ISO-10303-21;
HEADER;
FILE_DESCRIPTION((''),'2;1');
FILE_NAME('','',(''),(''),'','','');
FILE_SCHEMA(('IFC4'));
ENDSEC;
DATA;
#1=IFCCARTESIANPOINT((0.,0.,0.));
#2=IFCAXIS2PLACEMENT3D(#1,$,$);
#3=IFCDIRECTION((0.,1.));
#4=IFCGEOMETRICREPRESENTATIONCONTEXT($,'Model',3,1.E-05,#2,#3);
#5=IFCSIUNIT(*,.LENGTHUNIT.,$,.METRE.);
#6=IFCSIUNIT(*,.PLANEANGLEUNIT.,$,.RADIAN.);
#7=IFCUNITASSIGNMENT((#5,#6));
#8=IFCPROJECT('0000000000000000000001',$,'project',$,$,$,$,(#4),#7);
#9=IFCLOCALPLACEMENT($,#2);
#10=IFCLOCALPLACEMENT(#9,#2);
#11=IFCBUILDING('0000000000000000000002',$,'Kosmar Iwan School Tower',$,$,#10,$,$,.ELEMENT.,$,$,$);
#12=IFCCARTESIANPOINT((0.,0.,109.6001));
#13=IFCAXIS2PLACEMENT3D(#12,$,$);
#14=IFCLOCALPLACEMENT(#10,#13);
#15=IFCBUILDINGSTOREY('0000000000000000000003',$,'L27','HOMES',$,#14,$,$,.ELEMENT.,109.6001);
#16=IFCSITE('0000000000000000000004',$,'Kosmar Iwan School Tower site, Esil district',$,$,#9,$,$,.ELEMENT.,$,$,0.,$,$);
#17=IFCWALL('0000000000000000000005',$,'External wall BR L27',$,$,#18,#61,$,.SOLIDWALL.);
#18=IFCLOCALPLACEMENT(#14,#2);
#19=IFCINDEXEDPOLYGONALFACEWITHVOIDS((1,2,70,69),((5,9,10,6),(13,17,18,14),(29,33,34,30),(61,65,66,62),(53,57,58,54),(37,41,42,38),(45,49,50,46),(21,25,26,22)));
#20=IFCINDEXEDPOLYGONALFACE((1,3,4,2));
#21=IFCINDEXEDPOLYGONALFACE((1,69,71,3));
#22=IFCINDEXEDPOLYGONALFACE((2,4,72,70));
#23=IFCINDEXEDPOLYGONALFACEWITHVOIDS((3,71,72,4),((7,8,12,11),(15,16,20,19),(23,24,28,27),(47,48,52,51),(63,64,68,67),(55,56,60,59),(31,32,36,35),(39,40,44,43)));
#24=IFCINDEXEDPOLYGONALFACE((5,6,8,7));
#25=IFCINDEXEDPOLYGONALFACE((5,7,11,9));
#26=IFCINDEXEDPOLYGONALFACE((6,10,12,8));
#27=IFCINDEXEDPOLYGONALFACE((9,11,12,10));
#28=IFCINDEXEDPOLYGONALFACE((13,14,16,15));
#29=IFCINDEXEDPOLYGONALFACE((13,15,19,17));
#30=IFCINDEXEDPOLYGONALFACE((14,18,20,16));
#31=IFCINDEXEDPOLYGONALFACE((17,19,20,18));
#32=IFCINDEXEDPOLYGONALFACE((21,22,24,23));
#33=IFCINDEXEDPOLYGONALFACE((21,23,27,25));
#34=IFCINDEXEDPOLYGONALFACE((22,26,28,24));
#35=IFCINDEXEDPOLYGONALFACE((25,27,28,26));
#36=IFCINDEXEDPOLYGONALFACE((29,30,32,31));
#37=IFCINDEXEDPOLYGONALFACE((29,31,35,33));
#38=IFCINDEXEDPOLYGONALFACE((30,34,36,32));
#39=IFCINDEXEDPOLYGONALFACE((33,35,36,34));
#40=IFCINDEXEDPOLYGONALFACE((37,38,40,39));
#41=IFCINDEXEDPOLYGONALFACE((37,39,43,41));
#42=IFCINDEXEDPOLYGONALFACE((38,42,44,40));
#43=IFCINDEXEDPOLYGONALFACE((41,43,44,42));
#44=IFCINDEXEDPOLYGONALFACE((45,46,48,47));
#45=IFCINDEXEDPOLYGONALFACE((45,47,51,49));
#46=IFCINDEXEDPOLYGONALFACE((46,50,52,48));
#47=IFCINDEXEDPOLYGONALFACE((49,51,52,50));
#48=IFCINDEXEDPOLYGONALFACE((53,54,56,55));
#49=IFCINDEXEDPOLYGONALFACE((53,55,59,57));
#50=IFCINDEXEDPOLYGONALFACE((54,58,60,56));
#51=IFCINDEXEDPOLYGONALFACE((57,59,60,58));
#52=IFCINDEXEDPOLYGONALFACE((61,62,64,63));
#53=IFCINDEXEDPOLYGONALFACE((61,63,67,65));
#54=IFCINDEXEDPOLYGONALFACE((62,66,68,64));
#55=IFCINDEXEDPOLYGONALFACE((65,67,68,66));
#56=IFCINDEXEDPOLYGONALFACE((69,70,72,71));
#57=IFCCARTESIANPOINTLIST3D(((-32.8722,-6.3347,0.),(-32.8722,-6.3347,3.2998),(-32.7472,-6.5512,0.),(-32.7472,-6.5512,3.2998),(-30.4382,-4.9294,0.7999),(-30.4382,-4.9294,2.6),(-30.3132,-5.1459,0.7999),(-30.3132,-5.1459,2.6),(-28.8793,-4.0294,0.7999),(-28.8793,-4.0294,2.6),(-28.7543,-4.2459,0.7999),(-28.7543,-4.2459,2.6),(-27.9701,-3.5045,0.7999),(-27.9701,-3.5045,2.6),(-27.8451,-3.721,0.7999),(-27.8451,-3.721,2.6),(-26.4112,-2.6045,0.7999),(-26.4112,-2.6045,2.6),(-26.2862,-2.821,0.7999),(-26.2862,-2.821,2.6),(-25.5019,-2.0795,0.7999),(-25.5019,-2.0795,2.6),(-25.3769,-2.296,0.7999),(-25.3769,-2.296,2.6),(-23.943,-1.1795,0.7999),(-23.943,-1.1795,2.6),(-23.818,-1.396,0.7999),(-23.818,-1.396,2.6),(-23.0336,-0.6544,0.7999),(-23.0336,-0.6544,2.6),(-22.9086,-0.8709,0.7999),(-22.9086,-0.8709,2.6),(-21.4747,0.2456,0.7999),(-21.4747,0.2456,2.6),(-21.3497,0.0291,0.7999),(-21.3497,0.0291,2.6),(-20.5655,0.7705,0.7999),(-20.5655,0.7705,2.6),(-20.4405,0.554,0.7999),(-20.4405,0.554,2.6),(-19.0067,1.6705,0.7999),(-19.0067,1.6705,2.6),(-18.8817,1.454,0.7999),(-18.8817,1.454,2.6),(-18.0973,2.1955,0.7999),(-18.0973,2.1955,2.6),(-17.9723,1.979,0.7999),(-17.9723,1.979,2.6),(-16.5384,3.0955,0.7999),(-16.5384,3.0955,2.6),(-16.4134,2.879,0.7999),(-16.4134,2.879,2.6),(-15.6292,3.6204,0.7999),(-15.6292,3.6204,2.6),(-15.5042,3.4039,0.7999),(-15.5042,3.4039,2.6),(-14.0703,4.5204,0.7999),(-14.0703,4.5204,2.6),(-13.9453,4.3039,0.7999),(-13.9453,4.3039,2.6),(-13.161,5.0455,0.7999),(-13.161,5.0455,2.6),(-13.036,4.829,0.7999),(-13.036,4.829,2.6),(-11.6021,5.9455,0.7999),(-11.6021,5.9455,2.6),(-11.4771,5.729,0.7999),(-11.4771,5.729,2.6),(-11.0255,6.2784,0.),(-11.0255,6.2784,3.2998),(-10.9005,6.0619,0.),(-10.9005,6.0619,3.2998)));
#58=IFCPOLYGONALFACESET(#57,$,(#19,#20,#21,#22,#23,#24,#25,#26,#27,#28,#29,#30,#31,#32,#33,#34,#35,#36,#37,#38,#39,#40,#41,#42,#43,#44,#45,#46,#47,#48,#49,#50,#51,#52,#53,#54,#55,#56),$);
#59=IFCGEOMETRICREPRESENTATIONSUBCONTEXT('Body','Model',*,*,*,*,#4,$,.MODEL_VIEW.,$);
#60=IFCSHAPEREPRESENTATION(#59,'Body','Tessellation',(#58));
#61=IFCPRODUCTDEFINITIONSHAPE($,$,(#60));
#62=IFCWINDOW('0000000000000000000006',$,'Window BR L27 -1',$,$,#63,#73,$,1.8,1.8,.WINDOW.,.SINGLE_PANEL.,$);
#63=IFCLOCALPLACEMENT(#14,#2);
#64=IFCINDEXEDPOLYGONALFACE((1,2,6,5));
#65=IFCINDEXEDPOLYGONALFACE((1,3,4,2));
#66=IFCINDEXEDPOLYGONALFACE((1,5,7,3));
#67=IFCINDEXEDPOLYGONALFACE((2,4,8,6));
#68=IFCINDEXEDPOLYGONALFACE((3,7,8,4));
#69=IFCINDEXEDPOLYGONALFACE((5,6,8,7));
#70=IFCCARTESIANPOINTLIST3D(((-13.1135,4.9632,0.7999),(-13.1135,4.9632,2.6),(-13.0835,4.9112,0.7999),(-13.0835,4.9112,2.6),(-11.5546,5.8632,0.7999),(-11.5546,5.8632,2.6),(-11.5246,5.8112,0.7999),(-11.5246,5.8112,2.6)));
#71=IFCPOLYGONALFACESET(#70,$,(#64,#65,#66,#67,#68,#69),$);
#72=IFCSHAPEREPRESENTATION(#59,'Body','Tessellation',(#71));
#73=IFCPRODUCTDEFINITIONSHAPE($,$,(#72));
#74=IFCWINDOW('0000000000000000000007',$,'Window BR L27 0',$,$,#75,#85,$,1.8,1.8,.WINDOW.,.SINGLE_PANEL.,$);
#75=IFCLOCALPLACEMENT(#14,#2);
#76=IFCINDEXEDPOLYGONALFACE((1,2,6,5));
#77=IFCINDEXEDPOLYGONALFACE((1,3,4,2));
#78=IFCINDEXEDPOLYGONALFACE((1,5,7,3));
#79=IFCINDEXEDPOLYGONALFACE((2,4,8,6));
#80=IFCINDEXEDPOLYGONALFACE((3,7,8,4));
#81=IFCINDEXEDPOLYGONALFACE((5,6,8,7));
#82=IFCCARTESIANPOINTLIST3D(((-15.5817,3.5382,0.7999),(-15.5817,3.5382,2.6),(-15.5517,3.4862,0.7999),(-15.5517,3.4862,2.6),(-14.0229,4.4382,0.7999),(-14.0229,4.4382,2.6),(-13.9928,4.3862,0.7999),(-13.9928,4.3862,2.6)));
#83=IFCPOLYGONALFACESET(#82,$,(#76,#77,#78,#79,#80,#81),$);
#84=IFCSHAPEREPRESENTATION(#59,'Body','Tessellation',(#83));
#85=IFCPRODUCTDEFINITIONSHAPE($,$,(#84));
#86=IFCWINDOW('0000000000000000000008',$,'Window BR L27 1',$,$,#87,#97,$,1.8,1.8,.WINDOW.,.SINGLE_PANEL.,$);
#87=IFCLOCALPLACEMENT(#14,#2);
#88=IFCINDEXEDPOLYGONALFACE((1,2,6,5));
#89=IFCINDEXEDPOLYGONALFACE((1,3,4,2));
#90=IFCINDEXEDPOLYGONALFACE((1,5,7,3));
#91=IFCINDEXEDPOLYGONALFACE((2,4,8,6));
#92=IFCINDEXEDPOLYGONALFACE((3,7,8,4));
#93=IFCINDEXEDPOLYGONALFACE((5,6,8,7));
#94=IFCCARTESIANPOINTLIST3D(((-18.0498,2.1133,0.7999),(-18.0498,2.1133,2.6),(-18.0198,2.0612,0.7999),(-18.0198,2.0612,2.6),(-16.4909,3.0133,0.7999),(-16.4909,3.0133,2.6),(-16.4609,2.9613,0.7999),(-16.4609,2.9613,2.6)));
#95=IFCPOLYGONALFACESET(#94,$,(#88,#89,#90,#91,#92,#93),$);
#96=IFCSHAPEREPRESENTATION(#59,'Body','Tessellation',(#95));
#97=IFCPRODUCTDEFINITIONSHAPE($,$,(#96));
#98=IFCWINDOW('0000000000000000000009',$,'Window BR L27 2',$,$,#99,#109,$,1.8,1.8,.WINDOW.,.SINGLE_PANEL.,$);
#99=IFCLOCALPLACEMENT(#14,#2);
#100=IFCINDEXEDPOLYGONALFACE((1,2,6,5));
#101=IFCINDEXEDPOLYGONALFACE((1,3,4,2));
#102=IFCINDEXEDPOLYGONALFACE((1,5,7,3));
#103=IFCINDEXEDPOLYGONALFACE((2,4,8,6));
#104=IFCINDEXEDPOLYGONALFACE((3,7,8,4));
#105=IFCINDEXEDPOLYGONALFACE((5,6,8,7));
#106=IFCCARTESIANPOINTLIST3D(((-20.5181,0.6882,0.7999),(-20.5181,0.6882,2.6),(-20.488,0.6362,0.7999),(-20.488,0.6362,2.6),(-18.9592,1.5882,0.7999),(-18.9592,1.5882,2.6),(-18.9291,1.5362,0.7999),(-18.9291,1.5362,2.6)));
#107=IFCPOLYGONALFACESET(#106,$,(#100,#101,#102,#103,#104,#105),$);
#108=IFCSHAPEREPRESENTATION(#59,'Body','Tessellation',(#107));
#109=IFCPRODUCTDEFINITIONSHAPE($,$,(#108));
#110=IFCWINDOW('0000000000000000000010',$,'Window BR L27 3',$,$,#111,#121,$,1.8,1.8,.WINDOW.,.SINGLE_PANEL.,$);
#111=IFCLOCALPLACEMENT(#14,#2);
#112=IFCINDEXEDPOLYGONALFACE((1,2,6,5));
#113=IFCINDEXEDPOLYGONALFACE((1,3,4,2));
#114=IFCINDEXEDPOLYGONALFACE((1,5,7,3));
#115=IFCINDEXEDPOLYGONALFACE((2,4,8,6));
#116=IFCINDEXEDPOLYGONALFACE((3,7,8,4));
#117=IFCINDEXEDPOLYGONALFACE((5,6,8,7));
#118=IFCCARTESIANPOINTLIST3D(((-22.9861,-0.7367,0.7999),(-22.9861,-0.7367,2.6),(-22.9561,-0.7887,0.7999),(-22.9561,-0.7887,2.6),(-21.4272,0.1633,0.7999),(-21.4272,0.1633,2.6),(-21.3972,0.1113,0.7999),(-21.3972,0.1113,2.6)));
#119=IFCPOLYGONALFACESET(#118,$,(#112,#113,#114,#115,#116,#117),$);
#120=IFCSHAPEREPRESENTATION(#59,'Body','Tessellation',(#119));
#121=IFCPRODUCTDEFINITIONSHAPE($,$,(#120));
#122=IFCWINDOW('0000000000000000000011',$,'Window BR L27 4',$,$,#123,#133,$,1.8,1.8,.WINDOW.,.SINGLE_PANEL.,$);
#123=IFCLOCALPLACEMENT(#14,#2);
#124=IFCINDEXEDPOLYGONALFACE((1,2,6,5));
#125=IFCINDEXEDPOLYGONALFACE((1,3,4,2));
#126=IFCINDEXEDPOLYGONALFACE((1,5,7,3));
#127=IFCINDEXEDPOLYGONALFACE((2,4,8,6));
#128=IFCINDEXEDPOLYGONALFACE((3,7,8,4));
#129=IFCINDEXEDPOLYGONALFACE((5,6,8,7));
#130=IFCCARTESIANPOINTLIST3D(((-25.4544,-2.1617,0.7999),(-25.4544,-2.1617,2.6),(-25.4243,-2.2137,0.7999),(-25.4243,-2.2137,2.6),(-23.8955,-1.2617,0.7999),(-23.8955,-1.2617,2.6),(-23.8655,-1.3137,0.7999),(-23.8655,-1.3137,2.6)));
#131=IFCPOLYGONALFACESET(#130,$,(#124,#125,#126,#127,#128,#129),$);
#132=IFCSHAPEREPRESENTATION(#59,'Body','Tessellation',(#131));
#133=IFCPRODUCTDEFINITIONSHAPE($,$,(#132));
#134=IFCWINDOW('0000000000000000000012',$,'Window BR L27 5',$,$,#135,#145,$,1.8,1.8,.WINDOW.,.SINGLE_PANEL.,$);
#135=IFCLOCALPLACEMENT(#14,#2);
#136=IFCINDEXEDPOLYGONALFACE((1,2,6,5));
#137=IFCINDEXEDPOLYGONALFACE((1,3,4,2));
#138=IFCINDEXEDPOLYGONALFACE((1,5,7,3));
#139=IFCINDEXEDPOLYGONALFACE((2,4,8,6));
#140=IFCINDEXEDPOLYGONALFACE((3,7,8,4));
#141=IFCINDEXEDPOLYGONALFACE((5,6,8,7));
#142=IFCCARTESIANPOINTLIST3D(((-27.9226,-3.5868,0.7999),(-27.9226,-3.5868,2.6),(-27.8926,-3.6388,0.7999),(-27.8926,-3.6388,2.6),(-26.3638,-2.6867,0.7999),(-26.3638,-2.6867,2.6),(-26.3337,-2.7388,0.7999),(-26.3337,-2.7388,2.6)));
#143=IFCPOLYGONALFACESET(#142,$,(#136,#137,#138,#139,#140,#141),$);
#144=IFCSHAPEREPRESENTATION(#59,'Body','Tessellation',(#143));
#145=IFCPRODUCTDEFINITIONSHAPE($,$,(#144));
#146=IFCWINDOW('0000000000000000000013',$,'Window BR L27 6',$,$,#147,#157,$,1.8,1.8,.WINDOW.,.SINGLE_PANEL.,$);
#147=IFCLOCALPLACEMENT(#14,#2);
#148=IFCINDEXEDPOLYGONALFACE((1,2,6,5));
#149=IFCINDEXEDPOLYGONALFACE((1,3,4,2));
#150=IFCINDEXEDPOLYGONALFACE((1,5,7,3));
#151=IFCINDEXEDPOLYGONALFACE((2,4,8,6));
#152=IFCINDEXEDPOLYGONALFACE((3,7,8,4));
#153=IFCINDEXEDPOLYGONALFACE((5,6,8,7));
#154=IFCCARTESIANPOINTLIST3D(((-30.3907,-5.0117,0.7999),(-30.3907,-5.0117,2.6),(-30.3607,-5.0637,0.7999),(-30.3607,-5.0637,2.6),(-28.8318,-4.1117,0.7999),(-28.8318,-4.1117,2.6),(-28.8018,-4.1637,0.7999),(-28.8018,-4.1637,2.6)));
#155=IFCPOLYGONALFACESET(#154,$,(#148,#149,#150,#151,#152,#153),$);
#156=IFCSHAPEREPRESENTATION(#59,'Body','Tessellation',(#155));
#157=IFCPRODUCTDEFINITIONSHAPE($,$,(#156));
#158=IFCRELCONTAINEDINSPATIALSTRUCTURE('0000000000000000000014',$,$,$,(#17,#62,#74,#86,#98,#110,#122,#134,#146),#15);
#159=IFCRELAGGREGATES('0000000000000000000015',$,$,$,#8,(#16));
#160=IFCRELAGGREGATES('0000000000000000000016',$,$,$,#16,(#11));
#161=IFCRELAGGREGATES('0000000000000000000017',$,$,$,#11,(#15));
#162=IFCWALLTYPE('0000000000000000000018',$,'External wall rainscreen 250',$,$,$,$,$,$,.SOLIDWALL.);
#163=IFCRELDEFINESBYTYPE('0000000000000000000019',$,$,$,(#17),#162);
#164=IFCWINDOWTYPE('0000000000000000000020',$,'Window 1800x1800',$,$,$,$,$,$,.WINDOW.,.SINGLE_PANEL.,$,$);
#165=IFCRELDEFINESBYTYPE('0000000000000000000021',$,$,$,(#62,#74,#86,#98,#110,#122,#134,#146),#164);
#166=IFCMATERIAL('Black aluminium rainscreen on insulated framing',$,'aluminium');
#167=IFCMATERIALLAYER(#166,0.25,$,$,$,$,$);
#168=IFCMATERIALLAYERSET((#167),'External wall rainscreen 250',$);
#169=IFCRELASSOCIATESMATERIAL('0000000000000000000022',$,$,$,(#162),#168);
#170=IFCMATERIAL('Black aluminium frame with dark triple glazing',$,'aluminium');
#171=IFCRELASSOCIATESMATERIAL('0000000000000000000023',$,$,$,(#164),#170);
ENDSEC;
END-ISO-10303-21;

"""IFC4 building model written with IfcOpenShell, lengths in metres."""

from ifc_helpers import new_model, si_unit, direction, frame, frame_2d, origin, place, context, subcontext, project, spatial, rectangle, extrude, material, layer, layer_set, type_object, element, fill, save


model = new_model("IFC4")

# Units and contexts
model_context = context("Model", 3, precision=1e-05, world=origin(), true_north=direction((0.0, 1.0)))
body_context = subcontext(model_context, "Body", "Model", "MODEL_VIEW")
ifc_project = project(units=[si_unit("LENGTHUNIT", "METRE"), si_unit("PLANEANGLEUNIT", "RADIAN")], contexts=[model_context])

# Site, building, storey
site_placement = place(None, origin())
site = spatial("IfcSite", under=ifc_project, at=site_placement, Name="Kosmar Iwan School Tower site, Esil district", CompositionType="ELEMENT", RefElevation=0.0)
building_placement = place(site_placement, origin())
building = spatial("IfcBuilding", under=site, at=building_placement, Name="Kosmar Iwan School Tower", CompositionType="ELEMENT")
storey_placement = place(building_placement, frame((0.0, 0.0, 109.6001)))
storey = spatial("IfcBuildingStorey", under=building, at=storey_placement, Name="L27", Description="HOMES", CompositionType="ELEMENT", Elevation=109.6001)

# Wall, openings, windows
ifc_material_1 = material(Name="Black aluminium rainscreen on insulated framing", Category="aluminium")
ifc_layer = layer(ifc_material_1, 0.25)
ifc_layer_set = layer_set([ifc_layer], Name="External wall rainscreen 250")
wall_type = type_object("IfcWallType", Name="External wall rainscreen 250", PredefinedType="SOLIDWALL", material=ifc_layer_set)
ifc_material_2 = material(Name="Black aluminium frame with dark triple glazing", Category="aluminium")
window_type = type_object("IfcWindowType", Name="Window 1800x1800", PartitioningType="SINGLE_PANEL", PredefinedType="WINDOW", material=ifc_material_2)
wall_1_placement = place(storey_placement, frame((-10.9629, 6.1702, 0.0), z_axis=(0.0, 0.0, 1.0), x_axis=(-0.866028, -0.499996, 0.0)))
wall_1 = element("IfcWall", 1, at=wall_1_placement, inside=storey, type_object=wall_type, Name="External wall BR L27", PredefinedType="SOLIDWALL", context=body_context, shape_type="SweptSolid", body=[
    extrude(rectangle(XDim=25.2263, YDim=0.25, at=frame_2d((12.6133, 0.0))), origin(), (0.0, 0.0, 1.0), 3.2998),
])
opening_1_placement = place(wall_1_placement, frame((0.666, 0.0, 0.8)))
opening_1 = element("IfcOpeningElement", 2, at=opening_1_placement, cuts=wall_1, PredefinedType="OPENING", context=body_context, shape_type="SweptSolid", body=[
    extrude(rectangle(XDim=1.8, YDim=1.8, at=frame_2d((0.8999, 0.8999))), frame((0.0, 0.137, 0.0), z_axis=(0.0, -1.0, 0.0), x_axis=(1.0, 0.0, 0.0)), (0.0, 0.0, 1.0), 0.2739),
])
opening_2_placement = place(wall_1_placement, frame((3.5161, 0.0, 0.8)))
opening_2 = element("IfcOpeningElement", 3, at=opening_2_placement, cuts=wall_1, PredefinedType="OPENING", context=body_context, shape_type="SweptSolid", body=[
    extrude(rectangle(XDim=1.8, YDim=1.8, at=frame_2d((0.8999, 0.8999))), frame((0.0, 0.137, 0.0), z_axis=(0.0, -1.0, 0.0), x_axis=(1.0, 0.0, 0.0)), (0.0, 0.0, 1.0), 0.2739),
])
opening_3_placement = place(wall_1_placement, frame((6.366, 0.0, 0.8)))
opening_3 = element("IfcOpeningElement", 4, at=opening_3_placement, cuts=wall_1, PredefinedType="OPENING", context=body_context, shape_type="SweptSolid", body=[
    extrude(rectangle(XDim=1.8, YDim=1.8, at=frame_2d((0.8999, 0.8999))), frame((0.0, 0.137, 0.0), z_axis=(0.0, -1.0, 0.0), x_axis=(1.0, 0.0, 0.0)), (0.0, 0.0, 1.0), 0.2739),
])
opening_4_placement = place(wall_1_placement, frame((9.2161, 0.0, 0.8)))
opening_4 = element("IfcOpeningElement", 5, at=opening_4_placement, cuts=wall_1, PredefinedType="OPENING", context=body_context, shape_type="SweptSolid", body=[
    extrude(rectangle(XDim=1.8, YDim=1.8, at=frame_2d((0.8999, 0.8999))), frame((0.0, 0.137, 0.0), z_axis=(0.0, -1.0, 0.0), x_axis=(1.0, 0.0, 0.0)), (0.0, 0.0, 1.0), 0.2739),
])
opening_5_placement = place(wall_1_placement, frame((12.0659, 0.0, 0.8)))
opening_5 = element("IfcOpeningElement", 6, at=opening_5_placement, cuts=wall_1, PredefinedType="OPENING", context=body_context, shape_type="SweptSolid", body=[
    extrude(rectangle(XDim=1.8, YDim=1.8, at=frame_2d((0.8999, 0.8999))), frame((0.0, 0.137, 0.0), z_axis=(0.0, -1.0, 0.0), x_axis=(1.0, 0.0, 0.0)), (0.0, 0.0, 1.0), 0.2739),
])
opening_6_placement = place(wall_1_placement, frame((14.916, 0.0, 0.8)))
opening_6 = element("IfcOpeningElement", 7, at=opening_6_placement, cuts=wall_1, PredefinedType="OPENING", context=body_context, shape_type="SweptSolid", body=[
    extrude(rectangle(XDim=1.8, YDim=1.8, at=frame_2d((0.8999, 0.8999))), frame((0.0, 0.137, 0.0), z_axis=(0.0, -1.0, 0.0), x_axis=(1.0, 0.0, 0.0)), (0.0, 0.0, 1.0), 0.2739),
])
opening_7_placement = place(wall_1_placement, frame((17.7661, 0.0, 0.8)))
opening_7 = element("IfcOpeningElement", 8, at=opening_7_placement, cuts=wall_1, PredefinedType="OPENING", context=body_context, shape_type="SweptSolid", body=[
    extrude(rectangle(XDim=1.8, YDim=1.8, at=frame_2d((0.8999, 0.8999))), frame((0.0, 0.137, 0.0), z_axis=(0.0, -1.0, 0.0), x_axis=(1.0, 0.0, 0.0)), (0.0, 0.0, 1.0), 0.2739),
])
opening_8_placement = place(wall_1_placement, frame((20.616, 0.0, 0.8)))
opening_8 = element("IfcOpeningElement", 9, at=opening_8_placement, cuts=wall_1, PredefinedType="OPENING", context=body_context, shape_type="SweptSolid", body=[
    extrude(rectangle(XDim=1.8, YDim=1.8, at=frame_2d((0.8999, 0.8999))), frame((0.0, 0.137, 0.0), z_axis=(0.0, -1.0, 0.0), x_axis=(1.0, 0.0, 0.0)), (0.0, 0.0, 1.0), 0.2739),
])
window_1_placement = place(opening_1_placement, origin())
window_1 = element("IfcWindow", 10, at=window_1_placement, inside=storey, type_object=window_type, Name="Window BR L27 -1", OverallHeight=1.8, OverallWidth=1.8, PartitioningType="SINGLE_PANEL", PredefinedType="WINDOW", context=body_context, shape_type="SweptSolid", body=[
    extrude(rectangle(XDim=1.8, YDim=1.8, at=frame_2d((0.8999, 0.8999))), frame((0.0, 0.03, 0.0), z_axis=(0.0, -1.0, 0.0), x_axis=(1.0, 0.0, 0.0)), (0.0, 0.0, 1.0), 0.0601),
])
fill(opening_1, window_1)
window_2_placement = place(opening_2_placement, origin())
window_2 = element("IfcWindow", 11, at=window_2_placement, inside=storey, type_object=window_type, Name="Window BR L27 0", OverallHeight=1.8, OverallWidth=1.8, PartitioningType="SINGLE_PANEL", PredefinedType="WINDOW", context=body_context, shape_type="SweptSolid", body=[
    extrude(rectangle(XDim=1.8, YDim=1.8, at=frame_2d((0.8999, 0.8999))), frame((0.0, 0.03, 0.0), z_axis=(0.0, -1.0, 0.0), x_axis=(1.0, 0.0, 0.0)), (0.0, 0.0, 1.0), 0.0601),
])
fill(opening_2, window_2)
window_3_placement = place(opening_3_placement, origin())
window_3 = element("IfcWindow", 12, at=window_3_placement, inside=storey, type_object=window_type, Name="Window BR L27 1", OverallHeight=1.8, OverallWidth=1.8, PartitioningType="SINGLE_PANEL", PredefinedType="WINDOW", context=body_context, shape_type="SweptSolid", body=[
    extrude(rectangle(XDim=1.8, YDim=1.8, at=frame_2d((0.8999, 0.8999))), frame((0.0, 0.03, 0.0), z_axis=(0.0, -1.0, 0.0), x_axis=(1.0, 0.0, 0.0)), (0.0, 0.0, 1.0), 0.0601),
])
fill(opening_3, window_3)
window_4_placement = place(opening_4_placement, origin())
window_4 = element("IfcWindow", 13, at=window_4_placement, inside=storey, type_object=window_type, Name="Window BR L27 2", OverallHeight=1.8, OverallWidth=1.8, PartitioningType="SINGLE_PANEL", PredefinedType="WINDOW", context=body_context, shape_type="SweptSolid", body=[
    extrude(rectangle(XDim=1.8, YDim=1.8, at=frame_2d((0.8999, 0.8999))), frame((0.0, 0.03, 0.0), z_axis=(0.0, -1.0, 0.0), x_axis=(1.0, 0.0, 0.0)), (0.0, 0.0, 1.0), 0.0601),
])
fill(opening_4, window_4)
window_5_placement = place(opening_5_placement, origin())
window_5 = element("IfcWindow", 14, at=window_5_placement, inside=storey, type_object=window_type, Name="Window BR L27 3", OverallHeight=1.8, OverallWidth=1.8, PartitioningType="SINGLE_PANEL", PredefinedType="WINDOW", context=body_context, shape_type="SweptSolid", body=[
    extrude(rectangle(XDim=1.8, YDim=1.8, at=frame_2d((0.8999, 0.8999))), frame((0.0, 0.03, 0.0), z_axis=(0.0, -1.0, 0.0), x_axis=(1.0, 0.0, 0.0)), (0.0, 0.0, 1.0), 0.0601),
])
fill(opening_5, window_5)
window_6_placement = place(opening_6_placement, origin())
window_6 = element("IfcWindow", 15, at=window_6_placement, inside=storey, type_object=window_type, Name="Window BR L27 4", OverallHeight=1.8, OverallWidth=1.8, PartitioningType="SINGLE_PANEL", PredefinedType="WINDOW", context=body_context, shape_type="SweptSolid", body=[
    extrude(rectangle(XDim=1.8, YDim=1.8, at=frame_2d((0.8999, 0.8999))), frame((0.0, 0.03, 0.0), z_axis=(0.0, -1.0, 0.0), x_axis=(1.0, 0.0, 0.0)), (0.0, 0.0, 1.0), 0.0601),
])
fill(opening_6, window_6)
window_7_placement = place(opening_7_placement, origin())
window_7 = element("IfcWindow", 16, at=window_7_placement, inside=storey, type_object=window_type, Name="Window BR L27 5", OverallHeight=1.8, OverallWidth=1.8, PartitioningType="SINGLE_PANEL", PredefinedType="WINDOW", context=body_context, shape_type="SweptSolid", body=[
    extrude(rectangle(XDim=1.8, YDim=1.8, at=frame_2d((0.8999, 0.8999))), frame((0.0, 0.03, 0.0), z_axis=(0.0, -1.0, 0.0), x_axis=(1.0, 0.0, 0.0)), (0.0, 0.0, 1.0), 0.0601),
])
fill(opening_7, window_7)
window_8_placement = place(opening_8_placement, origin())
window_8 = element("IfcWindow", 17, at=window_8_placement, inside=storey, type_object=window_type, Name="Window BR L27 6", OverallHeight=1.8, OverallWidth=1.8, PartitioningType="SINGLE_PANEL", PredefinedType="WINDOW", context=body_context, shape_type="SweptSolid", body=[
    extrude(rectangle(XDim=1.8, YDim=1.8, at=frame_2d((0.8999, 0.8999))), frame((0.0, 0.03, 0.0), z_axis=(0.0, -1.0, 0.0), x_axis=(1.0, 0.0, 0.0)), (0.0, 0.0, 1.0), 0.0601),
])
fill(opening_8, window_8)

save(model, "model.ifc")
